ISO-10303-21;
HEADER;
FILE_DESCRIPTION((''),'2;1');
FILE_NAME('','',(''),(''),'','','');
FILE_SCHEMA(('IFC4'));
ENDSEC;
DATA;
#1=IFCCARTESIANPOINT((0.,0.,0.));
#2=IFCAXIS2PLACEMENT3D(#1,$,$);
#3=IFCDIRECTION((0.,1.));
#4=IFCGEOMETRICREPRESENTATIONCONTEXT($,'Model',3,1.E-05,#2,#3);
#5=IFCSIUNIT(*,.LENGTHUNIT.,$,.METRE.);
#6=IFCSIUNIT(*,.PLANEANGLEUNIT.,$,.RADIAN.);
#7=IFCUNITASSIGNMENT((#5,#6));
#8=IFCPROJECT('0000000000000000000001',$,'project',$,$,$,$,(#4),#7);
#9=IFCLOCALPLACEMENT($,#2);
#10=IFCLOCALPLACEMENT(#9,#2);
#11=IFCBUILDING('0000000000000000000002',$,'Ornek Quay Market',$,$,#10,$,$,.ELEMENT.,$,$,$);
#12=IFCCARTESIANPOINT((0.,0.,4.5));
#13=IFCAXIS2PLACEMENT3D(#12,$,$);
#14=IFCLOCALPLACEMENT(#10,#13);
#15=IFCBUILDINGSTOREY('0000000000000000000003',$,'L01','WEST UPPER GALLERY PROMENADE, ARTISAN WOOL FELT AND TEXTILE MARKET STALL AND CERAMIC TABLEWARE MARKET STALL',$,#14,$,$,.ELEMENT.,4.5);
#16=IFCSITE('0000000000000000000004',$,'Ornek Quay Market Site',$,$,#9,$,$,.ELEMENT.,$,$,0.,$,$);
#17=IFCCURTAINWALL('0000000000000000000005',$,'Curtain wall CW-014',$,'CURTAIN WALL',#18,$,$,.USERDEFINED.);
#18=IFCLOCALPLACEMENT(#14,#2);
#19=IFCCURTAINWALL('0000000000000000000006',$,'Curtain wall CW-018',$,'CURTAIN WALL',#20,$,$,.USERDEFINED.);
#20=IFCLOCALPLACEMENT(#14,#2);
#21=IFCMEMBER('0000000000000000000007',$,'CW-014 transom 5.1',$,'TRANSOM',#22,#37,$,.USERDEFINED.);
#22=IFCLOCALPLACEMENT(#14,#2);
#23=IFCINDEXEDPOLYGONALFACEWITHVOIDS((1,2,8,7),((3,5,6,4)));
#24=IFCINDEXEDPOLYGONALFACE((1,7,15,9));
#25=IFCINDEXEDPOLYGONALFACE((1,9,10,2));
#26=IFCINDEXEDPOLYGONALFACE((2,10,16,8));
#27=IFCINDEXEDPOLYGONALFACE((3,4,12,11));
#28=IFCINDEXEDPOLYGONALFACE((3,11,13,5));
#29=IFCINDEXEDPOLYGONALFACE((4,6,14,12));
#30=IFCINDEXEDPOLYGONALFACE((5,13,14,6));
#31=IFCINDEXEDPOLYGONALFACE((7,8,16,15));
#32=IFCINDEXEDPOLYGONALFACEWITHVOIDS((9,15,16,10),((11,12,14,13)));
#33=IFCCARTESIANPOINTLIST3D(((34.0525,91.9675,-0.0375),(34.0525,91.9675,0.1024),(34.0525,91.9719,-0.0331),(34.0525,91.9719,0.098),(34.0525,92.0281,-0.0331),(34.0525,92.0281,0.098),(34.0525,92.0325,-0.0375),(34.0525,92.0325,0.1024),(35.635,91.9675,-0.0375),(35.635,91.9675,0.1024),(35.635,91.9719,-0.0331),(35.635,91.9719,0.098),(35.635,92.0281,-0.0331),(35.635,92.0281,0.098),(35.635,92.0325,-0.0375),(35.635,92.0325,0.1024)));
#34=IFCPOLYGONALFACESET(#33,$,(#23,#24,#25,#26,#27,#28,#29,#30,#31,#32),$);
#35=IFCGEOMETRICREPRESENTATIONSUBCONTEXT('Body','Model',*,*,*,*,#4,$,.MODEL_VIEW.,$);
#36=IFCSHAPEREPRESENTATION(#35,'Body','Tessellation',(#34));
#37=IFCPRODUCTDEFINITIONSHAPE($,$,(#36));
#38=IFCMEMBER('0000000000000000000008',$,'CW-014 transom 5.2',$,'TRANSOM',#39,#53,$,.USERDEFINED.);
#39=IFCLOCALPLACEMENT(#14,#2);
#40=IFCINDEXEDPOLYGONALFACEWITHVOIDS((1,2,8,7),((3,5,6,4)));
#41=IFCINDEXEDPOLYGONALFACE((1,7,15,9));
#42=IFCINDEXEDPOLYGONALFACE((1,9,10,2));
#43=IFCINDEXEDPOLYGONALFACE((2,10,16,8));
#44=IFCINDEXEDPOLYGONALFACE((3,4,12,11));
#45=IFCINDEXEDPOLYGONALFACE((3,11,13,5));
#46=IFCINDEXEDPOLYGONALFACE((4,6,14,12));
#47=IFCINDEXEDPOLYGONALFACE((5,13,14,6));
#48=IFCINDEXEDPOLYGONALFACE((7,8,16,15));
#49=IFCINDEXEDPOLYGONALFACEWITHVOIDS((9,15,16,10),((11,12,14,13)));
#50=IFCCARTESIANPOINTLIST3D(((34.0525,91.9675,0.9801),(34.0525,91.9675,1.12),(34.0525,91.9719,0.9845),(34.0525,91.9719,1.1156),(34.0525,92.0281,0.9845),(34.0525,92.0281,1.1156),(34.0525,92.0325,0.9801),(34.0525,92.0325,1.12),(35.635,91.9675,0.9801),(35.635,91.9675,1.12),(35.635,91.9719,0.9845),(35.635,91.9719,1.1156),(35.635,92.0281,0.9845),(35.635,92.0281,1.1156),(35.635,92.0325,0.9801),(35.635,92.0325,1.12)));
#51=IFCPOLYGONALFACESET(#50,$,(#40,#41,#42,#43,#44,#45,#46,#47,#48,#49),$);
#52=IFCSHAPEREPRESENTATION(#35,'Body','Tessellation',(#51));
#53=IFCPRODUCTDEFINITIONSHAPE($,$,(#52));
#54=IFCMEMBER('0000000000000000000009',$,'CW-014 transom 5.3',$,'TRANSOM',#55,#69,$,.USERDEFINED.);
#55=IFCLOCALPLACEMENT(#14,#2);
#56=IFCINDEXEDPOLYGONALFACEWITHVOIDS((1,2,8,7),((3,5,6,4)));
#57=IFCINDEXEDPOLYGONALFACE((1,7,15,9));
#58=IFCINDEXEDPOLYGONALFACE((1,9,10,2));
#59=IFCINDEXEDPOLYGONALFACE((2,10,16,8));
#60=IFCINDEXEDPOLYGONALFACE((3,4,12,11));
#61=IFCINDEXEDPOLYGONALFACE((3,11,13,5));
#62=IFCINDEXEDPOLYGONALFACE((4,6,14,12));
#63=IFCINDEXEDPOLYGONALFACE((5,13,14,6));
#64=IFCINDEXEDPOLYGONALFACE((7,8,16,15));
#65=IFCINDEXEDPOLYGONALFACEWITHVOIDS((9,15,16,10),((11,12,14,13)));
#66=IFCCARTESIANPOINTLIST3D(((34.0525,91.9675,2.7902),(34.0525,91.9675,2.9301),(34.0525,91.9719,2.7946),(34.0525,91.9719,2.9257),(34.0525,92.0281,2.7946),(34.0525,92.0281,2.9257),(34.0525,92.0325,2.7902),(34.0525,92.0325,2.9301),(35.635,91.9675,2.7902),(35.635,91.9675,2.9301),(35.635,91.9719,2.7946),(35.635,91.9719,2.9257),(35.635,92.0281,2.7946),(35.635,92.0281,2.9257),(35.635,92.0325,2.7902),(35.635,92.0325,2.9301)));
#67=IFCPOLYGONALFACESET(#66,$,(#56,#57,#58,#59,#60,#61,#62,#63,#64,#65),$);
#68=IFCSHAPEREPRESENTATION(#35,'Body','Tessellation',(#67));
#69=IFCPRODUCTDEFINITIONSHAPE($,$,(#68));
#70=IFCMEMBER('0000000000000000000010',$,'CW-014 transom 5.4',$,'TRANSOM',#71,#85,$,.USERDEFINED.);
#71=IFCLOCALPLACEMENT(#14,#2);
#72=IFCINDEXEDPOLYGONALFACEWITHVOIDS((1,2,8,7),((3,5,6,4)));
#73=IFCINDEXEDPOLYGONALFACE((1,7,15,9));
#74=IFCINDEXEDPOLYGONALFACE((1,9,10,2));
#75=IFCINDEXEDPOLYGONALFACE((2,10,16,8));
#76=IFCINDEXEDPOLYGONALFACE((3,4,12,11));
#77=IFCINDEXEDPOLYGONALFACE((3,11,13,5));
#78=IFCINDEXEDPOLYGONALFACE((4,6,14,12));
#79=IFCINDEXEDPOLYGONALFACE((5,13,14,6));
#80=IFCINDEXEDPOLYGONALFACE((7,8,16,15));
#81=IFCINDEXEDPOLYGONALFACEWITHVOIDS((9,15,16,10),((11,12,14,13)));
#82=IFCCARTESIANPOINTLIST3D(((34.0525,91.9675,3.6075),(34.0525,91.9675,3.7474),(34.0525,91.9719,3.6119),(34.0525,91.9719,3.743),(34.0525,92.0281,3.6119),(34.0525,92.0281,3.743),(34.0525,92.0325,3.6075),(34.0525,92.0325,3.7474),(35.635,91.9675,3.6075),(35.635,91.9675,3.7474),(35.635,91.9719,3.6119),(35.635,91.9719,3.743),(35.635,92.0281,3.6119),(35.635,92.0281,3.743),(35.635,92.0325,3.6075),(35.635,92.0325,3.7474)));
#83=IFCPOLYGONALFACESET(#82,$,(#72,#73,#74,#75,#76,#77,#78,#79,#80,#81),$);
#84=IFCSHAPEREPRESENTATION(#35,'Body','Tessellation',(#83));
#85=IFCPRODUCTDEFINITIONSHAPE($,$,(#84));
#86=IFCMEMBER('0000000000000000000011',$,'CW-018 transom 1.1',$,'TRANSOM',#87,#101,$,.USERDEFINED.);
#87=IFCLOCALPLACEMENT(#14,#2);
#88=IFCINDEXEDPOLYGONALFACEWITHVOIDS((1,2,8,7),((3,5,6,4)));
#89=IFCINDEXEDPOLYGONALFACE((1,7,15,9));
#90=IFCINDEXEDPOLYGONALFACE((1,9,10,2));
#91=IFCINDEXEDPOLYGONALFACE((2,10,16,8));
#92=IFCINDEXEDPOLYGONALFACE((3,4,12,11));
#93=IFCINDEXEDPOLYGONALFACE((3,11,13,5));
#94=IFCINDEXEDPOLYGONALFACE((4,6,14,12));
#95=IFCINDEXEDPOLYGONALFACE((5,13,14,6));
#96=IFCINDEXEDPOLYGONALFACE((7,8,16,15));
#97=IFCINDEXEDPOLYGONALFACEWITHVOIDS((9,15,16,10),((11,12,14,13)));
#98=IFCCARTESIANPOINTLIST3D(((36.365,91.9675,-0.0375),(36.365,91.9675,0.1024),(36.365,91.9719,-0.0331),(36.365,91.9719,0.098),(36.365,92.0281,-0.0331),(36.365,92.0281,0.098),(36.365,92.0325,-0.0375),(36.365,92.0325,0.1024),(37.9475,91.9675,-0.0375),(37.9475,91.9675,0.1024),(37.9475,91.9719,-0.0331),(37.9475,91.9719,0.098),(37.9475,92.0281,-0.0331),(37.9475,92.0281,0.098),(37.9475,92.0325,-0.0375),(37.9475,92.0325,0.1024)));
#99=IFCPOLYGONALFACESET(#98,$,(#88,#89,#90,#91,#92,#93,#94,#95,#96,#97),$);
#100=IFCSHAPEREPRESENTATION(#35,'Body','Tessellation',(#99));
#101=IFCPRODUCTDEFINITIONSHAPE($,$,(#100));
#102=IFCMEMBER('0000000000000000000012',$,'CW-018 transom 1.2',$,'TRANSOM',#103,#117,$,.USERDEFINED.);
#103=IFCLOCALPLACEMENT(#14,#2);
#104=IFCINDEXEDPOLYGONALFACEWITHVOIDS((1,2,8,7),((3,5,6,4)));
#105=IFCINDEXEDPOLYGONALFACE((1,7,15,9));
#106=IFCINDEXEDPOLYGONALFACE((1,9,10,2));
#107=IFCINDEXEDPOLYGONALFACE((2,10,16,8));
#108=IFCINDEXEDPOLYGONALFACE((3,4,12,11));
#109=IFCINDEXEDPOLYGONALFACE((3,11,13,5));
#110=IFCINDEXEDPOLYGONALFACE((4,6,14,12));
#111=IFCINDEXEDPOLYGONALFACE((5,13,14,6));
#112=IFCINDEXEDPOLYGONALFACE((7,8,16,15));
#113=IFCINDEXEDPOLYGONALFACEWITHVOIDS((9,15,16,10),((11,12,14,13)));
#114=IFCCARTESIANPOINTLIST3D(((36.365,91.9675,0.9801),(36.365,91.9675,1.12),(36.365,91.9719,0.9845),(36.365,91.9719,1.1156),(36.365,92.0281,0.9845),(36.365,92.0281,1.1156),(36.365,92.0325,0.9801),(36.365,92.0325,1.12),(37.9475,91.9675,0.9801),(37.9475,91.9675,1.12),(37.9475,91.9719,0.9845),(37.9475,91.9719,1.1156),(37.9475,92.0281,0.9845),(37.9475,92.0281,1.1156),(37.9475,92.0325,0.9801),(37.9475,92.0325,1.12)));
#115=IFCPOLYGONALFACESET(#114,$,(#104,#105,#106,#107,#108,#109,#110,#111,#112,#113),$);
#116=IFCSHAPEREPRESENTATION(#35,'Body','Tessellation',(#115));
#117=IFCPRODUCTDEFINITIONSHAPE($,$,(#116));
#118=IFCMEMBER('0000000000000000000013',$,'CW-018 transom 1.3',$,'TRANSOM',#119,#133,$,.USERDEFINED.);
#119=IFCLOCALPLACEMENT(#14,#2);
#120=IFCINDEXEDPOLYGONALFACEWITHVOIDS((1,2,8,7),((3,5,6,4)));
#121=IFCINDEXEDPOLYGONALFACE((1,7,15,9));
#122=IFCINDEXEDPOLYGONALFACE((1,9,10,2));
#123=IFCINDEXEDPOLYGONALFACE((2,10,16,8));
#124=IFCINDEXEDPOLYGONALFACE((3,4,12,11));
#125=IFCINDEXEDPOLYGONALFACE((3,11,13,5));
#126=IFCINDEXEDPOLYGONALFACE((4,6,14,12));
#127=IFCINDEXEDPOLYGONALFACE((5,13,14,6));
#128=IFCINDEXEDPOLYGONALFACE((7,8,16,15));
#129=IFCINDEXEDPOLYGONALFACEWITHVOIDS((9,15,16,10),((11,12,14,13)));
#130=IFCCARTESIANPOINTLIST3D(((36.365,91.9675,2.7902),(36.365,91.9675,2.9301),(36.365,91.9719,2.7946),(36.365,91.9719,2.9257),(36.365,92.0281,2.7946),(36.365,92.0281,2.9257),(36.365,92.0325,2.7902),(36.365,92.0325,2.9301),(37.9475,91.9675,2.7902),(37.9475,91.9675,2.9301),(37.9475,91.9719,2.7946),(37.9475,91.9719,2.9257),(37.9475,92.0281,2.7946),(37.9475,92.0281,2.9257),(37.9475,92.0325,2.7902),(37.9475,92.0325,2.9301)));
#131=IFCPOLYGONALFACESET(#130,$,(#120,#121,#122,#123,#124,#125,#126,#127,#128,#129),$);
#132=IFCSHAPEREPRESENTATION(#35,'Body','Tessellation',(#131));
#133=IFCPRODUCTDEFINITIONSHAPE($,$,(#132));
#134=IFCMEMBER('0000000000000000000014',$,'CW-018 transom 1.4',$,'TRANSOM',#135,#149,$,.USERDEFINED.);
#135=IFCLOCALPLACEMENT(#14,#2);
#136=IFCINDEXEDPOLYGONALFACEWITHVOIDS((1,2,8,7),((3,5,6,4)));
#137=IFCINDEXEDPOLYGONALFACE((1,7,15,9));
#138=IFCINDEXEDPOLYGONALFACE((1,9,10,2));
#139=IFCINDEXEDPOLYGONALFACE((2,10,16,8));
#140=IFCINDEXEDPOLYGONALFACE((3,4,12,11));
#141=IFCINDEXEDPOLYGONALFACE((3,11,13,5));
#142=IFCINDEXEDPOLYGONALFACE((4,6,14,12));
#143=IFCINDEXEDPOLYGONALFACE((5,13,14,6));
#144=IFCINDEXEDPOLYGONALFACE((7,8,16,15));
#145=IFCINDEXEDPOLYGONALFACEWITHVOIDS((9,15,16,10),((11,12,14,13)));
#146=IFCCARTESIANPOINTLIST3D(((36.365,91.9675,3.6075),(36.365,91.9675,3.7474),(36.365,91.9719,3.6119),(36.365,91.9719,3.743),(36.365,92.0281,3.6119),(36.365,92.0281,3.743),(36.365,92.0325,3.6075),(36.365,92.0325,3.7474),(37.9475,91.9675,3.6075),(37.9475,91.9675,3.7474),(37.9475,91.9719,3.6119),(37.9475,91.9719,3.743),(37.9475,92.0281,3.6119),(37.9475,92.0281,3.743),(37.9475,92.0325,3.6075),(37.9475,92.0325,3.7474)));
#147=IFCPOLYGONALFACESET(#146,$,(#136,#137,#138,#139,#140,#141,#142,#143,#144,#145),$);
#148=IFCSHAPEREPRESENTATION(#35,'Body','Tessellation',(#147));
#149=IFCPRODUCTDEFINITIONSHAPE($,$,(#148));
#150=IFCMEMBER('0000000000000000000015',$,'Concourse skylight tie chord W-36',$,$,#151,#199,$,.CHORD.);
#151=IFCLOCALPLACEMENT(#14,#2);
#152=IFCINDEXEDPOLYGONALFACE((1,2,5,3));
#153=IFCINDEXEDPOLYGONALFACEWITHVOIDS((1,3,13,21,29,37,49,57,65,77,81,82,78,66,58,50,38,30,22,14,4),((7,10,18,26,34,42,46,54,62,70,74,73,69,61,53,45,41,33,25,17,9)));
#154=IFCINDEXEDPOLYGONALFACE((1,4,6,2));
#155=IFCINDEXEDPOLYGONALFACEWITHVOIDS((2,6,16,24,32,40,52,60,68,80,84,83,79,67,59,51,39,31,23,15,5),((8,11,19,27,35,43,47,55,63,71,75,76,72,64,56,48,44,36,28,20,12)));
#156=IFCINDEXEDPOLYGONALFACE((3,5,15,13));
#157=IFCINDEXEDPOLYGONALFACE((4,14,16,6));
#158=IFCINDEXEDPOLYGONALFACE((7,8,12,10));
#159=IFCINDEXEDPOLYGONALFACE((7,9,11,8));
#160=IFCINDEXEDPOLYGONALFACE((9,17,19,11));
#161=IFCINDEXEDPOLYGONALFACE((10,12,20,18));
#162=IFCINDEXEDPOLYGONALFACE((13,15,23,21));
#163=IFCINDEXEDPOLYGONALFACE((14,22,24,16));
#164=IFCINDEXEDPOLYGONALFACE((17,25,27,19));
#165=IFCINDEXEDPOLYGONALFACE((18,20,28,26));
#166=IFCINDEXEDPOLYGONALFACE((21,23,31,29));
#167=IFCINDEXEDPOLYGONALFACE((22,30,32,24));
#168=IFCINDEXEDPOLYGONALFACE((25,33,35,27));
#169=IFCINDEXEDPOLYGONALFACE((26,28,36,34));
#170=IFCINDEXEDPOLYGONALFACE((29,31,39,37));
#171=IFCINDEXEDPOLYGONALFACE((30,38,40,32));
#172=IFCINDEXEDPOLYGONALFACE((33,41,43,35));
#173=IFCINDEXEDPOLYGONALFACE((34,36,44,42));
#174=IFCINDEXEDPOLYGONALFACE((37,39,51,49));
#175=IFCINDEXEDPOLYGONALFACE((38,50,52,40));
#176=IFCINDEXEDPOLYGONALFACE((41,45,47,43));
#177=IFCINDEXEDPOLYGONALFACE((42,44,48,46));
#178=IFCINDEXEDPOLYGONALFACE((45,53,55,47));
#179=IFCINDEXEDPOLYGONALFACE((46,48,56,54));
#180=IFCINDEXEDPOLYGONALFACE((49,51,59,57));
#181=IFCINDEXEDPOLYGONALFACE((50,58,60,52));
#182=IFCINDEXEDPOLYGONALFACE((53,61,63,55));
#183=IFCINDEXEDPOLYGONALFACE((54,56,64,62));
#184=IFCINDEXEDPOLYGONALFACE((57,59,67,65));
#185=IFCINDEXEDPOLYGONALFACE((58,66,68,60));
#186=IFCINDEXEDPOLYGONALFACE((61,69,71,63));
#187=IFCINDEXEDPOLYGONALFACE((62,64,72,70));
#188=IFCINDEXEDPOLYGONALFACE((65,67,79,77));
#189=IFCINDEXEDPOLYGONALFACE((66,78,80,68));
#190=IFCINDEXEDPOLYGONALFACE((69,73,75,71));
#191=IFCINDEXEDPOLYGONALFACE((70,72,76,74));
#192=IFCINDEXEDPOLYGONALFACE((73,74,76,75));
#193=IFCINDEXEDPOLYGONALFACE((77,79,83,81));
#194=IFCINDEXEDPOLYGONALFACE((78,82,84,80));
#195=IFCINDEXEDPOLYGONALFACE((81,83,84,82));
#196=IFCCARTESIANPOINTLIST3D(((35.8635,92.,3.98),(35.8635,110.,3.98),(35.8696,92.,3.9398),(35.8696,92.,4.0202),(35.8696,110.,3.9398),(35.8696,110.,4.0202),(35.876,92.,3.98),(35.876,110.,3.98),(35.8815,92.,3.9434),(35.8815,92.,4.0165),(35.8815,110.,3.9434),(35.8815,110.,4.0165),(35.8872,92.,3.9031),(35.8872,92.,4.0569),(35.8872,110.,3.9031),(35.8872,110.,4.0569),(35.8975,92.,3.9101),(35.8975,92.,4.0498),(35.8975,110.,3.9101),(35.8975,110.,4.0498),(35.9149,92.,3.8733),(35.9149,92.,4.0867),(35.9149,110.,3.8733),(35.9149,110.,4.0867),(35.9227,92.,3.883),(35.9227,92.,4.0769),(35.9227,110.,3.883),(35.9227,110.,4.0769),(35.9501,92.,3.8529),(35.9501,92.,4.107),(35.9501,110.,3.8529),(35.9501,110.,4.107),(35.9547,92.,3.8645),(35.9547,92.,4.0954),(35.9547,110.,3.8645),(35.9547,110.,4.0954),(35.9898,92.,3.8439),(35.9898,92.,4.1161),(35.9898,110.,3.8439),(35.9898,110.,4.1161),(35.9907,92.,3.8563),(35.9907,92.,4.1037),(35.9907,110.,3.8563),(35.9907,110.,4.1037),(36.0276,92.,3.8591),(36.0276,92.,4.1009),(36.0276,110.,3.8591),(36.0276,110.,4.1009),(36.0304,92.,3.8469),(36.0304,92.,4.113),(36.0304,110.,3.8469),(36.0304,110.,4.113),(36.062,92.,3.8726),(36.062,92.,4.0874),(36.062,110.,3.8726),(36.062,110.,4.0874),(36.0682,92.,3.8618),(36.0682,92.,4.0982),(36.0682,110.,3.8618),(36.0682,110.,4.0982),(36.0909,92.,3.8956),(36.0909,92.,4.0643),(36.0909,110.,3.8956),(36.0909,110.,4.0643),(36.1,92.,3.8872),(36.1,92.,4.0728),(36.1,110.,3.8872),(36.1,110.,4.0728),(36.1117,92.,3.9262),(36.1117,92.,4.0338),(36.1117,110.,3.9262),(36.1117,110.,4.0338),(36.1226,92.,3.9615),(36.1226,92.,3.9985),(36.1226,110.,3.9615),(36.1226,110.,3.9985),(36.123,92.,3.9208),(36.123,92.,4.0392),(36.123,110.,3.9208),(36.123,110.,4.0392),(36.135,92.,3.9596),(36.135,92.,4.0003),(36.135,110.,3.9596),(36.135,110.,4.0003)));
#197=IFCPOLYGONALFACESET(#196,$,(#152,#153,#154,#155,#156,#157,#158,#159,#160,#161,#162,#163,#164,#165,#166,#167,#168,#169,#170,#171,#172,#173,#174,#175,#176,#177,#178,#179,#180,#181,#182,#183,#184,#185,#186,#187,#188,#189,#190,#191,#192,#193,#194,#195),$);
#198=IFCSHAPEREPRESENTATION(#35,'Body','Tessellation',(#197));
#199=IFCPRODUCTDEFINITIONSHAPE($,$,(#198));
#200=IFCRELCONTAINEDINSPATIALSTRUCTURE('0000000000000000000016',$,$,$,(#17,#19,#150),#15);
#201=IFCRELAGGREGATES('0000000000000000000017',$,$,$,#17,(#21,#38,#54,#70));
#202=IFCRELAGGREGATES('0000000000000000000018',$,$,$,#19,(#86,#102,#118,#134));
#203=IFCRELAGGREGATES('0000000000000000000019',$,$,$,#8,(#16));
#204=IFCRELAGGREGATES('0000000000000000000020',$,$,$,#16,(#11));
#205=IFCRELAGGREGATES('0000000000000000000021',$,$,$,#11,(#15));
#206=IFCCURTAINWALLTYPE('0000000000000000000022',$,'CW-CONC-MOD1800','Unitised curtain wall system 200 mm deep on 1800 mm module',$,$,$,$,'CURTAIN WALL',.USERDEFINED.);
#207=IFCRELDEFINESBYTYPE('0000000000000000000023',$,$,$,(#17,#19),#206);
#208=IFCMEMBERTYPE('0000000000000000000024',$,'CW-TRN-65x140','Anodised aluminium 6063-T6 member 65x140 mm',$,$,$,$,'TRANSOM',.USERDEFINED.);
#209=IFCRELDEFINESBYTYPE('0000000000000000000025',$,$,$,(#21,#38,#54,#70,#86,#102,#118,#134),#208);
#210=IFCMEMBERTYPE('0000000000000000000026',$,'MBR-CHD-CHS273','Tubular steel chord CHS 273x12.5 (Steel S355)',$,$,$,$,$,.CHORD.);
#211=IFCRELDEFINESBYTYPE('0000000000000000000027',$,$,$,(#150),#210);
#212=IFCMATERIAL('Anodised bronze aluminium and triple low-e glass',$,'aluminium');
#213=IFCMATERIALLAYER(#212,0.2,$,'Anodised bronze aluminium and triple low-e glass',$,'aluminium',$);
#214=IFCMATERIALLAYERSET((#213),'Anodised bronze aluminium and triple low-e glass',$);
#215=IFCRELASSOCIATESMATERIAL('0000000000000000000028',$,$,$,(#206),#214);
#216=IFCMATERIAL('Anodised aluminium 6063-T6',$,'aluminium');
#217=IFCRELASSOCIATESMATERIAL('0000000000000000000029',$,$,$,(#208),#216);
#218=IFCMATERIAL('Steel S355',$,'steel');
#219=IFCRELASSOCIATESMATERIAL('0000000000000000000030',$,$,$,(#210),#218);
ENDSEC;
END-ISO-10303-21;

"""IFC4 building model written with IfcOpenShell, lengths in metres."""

from ifc_helpers import new_model, si_unit, direction, frame, origin, origin_2d, place, context, subcontext, project, spatial, hollow_rectangle, hollow_circle, extrude, material, layer, layer_set, material_profile, profile_set, type_object, element, aggregate, save


model = new_model("IFC4")

# Units and contexts
model_context = context("Model", 3, precision=1e-05, world=origin(), true_north=direction((0.0, 1.0)))
body_context = subcontext(model_context, "Body", "Model", "MODEL_VIEW")
ifc_project = project(units=[si_unit("LENGTHUNIT", "METRE"), si_unit("PLANEANGLEUNIT", "RADIAN")], contexts=[model_context])

# Site, building, storey
site_placement = place(None, origin())
site = spatial("IfcSite", under=ifc_project, at=site_placement, Name="Ornek Quay Market Site", CompositionType="ELEMENT", RefElevation=0.0)
building_placement = place(site_placement, origin())
building = spatial("IfcBuilding", under=site, at=building_placement, Name="Ornek Quay Market", CompositionType="ELEMENT")
storey_placement = place(building_placement, frame((0.0, 0.0, 4.5)))
storey = spatial("IfcBuildingStorey", under=building, at=storey_placement, Name="L01", Description="WEST UPPER GALLERY PROMENADE, ARTISAN WOOL FELT AND TEXTILE MARKET STALL AND CERAMIC TABLEWARE MARKET STALL", CompositionType="ELEMENT", Elevation=4.5)

# Curtain wall
ifc_material_1 = material(Name="Anodised bronze aluminium and triple low-e glass", Category="aluminium")
ifc_layer_1 = layer(ifc_material_1, 0.2, Name="Anodised bronze aluminium and triple low-e glass", Category="aluminium")
ifc_layer_set_1 = layer_set([ifc_layer_1], Name="Anodised bronze aluminium and triple low-e glass")
curtain_wall_type = type_object("IfcCurtainWallType", Name="CW-CONC-MOD1800", Description="Unitised curtain wall system 200 mm deep on 1800 mm module", ElementType="CURTAIN WALL", PredefinedType="USERDEFINED", material=ifc_layer_set_1)
curtain_wall_1_placement = place(storey_placement, origin())
curtain_wall_1 = element("IfcCurtainWall", 1, at=curtain_wall_1_placement, inside=storey, type_object=curtain_wall_type, Name="Curtain wall CW-014", ObjectType="CURTAIN WALL", PredefinedType="USERDEFINED")
ifc_material_2 = material(Name="Anodised aluminium 6063-T6", Category="aluminium")

# Curtain wall
curtain_wall_2_placement = place(storey_placement, origin())
curtain_wall_2 = element("IfcCurtainWall", 2, at=curtain_wall_2_placement, inside=storey, type_object=curtain_wall_type, Name="Curtain wall CW-018", ObjectType="CURTAIN WALL", PredefinedType="USERDEFINED")

# Members
ifc_material_profile_1 = material_profile(ifc_material_2, hollow_rectangle(XDim=0.0649, YDim=0.1399, WallThickness=0.0044, at=origin_2d()), Name="CW-TRN-65x140", Category="aluminium")
ifc_profile_set_1 = profile_set([ifc_material_profile_1], Name="Anodised aluminium 6063-T6")
member_type_1 = type_object("IfcMemberType", Name="CW-TRN-65x140", Description="Anodised aluminium 6063-T6 member 65x140 mm", ElementType="TRANSOM", PredefinedType="USERDEFINED", material=ifc_profile_set_1)
member_1_placement = place(storey_placement, frame((34.0525, 92.0, 0.0325), z_axis=(1.0, 0.0, 0.0), x_axis=(0.0, 1.0, 0.0)))
member_1 = element("IfcMember", 3, at=member_1_placement, type_object=member_type_1, Name="CW-014 transom 5.1", ObjectType="TRANSOM", PredefinedType="USERDEFINED", context=body_context, shape_type="SweptSolid", body=[
    extrude(hollow_rectangle(XDim=0.0649, YDim=0.1399, WallThickness=0.0044, at=origin_2d()), origin(), (0.0, 0.0, 1.0), 1.5825),
])
member_2_placement = place(storey_placement, frame((34.0525, 92.0, 1.05), z_axis=(1.0, 0.0, 0.0), x_axis=(0.0, 1.0, 0.0)))
member_2 = element("IfcMember", 4, at=member_2_placement, type_object=member_type_1, Name="CW-014 transom 5.2", ObjectType="TRANSOM", PredefinedType="USERDEFINED", context=body_context, shape_type="SweptSolid", body=[
    extrude(hollow_rectangle(XDim=0.0649, YDim=0.1399, WallThickness=0.0044, at=origin_2d()), origin(), (0.0, 0.0, 1.0), 1.5825),
])
member_3_placement = place(storey_placement, frame((34.0525, 92.0, 2.8601), z_axis=(1.0, 0.0, 0.0), x_axis=(0.0, 1.0, 0.0)))
member_3 = element("IfcMember", 5, at=member_3_placement, type_object=member_type_1, Name="CW-014 transom 5.3", ObjectType="TRANSOM", PredefinedType="USERDEFINED", context=body_context, shape_type="SweptSolid", body=[
    extrude(hollow_rectangle(XDim=0.0649, YDim=0.1399, WallThickness=0.0044, at=origin_2d()), origin(), (0.0, 0.0, 1.0), 1.5825),
])
member_4_placement = place(storey_placement, frame((34.0525, 92.0, 3.6775), z_axis=(1.0, 0.0, 0.0), x_axis=(0.0, 1.0, 0.0)))
member_4 = element("IfcMember", 6, at=member_4_placement, type_object=member_type_1, Name="CW-014 transom 5.4", ObjectType="TRANSOM", PredefinedType="USERDEFINED", context=body_context, shape_type="SweptSolid", body=[
    extrude(hollow_rectangle(XDim=0.0649, YDim=0.1399, WallThickness=0.0044, at=origin_2d()), origin(), (0.0, 0.0, 1.0), 1.5825),
])
member_5_placement = place(storey_placement, frame((36.365, 92.0, 0.0325), z_axis=(1.0, 0.0, 0.0), x_axis=(0.0, 1.0, 0.0)))
member_5 = element("IfcMember", 7, at=member_5_placement, type_object=member_type_1, Name="CW-018 transom 1.1", ObjectType="TRANSOM", PredefinedType="USERDEFINED", context=body_context, shape_type="SweptSolid", body=[
    extrude(hollow_rectangle(XDim=0.0649, YDim=0.1399, WallThickness=0.0044, at=origin_2d()), origin(), (0.0, 0.0, 1.0), 1.5825),
])
member_6_placement = place(storey_placement, frame((36.365, 92.0, 1.05), z_axis=(1.0, 0.0, 0.0), x_axis=(0.0, 1.0, 0.0)))
member_6 = element("IfcMember", 8, at=member_6_placement, type_object=member_type_1, Name="CW-018 transom 1.2", ObjectType="TRANSOM", PredefinedType="USERDEFINED", context=body_context, shape_type="SweptSolid", body=[
    extrude(hollow_rectangle(XDim=0.0649, YDim=0.1399, WallThickness=0.0044, at=origin_2d()), origin(), (0.0, 0.0, 1.0), 1.5825),
])
member_7_placement = place(storey_placement, frame((36.365, 92.0, 2.8601), z_axis=(1.0, 0.0, 0.0), x_axis=(0.0, 1.0, 0.0)))
member_7 = element("IfcMember", 9, at=member_7_placement, type_object=member_type_1, Name="CW-018 transom 1.3", ObjectType="TRANSOM", PredefinedType="USERDEFINED", context=body_context, shape_type="SweptSolid", body=[
    extrude(hollow_rectangle(XDim=0.0649, YDim=0.1399, WallThickness=0.0044, at=origin_2d()), origin(), (0.0, 0.0, 1.0), 1.5825),
])
member_8_placement = place(storey_placement, frame((36.365, 92.0, 3.6775), z_axis=(1.0, 0.0, 0.0), x_axis=(0.0, 1.0, 0.0)))
member_8 = element("IfcMember", 10, at=member_8_placement, type_object=member_type_1, Name="CW-018 transom 1.4", ObjectType="TRANSOM", PredefinedType="USERDEFINED", context=body_context, shape_type="SweptSolid", body=[
    extrude(hollow_rectangle(XDim=0.0649, YDim=0.1399, WallThickness=0.0044, at=origin_2d()), origin(), (0.0, 0.0, 1.0), 1.5825),
])

# Member
ifc_material_3 = material(Name="Steel S355", Category="steel")
ifc_material_profile_2 = material_profile(ifc_material_3, hollow_circle(Radius=0.1365, WallThickness=0.0125, at=origin_2d()), Name="CHS 273x12.5", Category="steel")
ifc_profile_set_2 = profile_set([ifc_material_profile_2], Name="Steel S355")
member_type_2 = type_object("IfcMemberType", Name="MBR-CHD-CHS273", Description="Tubular steel chord CHS 273x12.5 (Steel S355)", PredefinedType="CHORD", material=ifc_profile_set_2)
member_9_placement = place(storey_placement, frame((36.0, 92.0, 3.98), z_axis=(0.0, 1.0, 0.0), x_axis=(-1.0, 0.0, 0.0)))
element("IfcMember", 11, at=member_9_placement, inside=storey, type_object=member_type_2, Name="Concourse skylight tie chord W-36", PredefinedType="CHORD", context=body_context, shape_type="SweptSolid", body=[
    extrude(hollow_circle(Radius=0.1365, WallThickness=0.0125, at=origin_2d()), origin(), (0.0, 0.0, 1.0), 18.0),
])

aggregate(curtain_wall_1, [member_1, member_2, member_3, member_4])
aggregate(curtain_wall_2, [member_5, member_6, member_7, member_8])

save(model, "model.ifc")
